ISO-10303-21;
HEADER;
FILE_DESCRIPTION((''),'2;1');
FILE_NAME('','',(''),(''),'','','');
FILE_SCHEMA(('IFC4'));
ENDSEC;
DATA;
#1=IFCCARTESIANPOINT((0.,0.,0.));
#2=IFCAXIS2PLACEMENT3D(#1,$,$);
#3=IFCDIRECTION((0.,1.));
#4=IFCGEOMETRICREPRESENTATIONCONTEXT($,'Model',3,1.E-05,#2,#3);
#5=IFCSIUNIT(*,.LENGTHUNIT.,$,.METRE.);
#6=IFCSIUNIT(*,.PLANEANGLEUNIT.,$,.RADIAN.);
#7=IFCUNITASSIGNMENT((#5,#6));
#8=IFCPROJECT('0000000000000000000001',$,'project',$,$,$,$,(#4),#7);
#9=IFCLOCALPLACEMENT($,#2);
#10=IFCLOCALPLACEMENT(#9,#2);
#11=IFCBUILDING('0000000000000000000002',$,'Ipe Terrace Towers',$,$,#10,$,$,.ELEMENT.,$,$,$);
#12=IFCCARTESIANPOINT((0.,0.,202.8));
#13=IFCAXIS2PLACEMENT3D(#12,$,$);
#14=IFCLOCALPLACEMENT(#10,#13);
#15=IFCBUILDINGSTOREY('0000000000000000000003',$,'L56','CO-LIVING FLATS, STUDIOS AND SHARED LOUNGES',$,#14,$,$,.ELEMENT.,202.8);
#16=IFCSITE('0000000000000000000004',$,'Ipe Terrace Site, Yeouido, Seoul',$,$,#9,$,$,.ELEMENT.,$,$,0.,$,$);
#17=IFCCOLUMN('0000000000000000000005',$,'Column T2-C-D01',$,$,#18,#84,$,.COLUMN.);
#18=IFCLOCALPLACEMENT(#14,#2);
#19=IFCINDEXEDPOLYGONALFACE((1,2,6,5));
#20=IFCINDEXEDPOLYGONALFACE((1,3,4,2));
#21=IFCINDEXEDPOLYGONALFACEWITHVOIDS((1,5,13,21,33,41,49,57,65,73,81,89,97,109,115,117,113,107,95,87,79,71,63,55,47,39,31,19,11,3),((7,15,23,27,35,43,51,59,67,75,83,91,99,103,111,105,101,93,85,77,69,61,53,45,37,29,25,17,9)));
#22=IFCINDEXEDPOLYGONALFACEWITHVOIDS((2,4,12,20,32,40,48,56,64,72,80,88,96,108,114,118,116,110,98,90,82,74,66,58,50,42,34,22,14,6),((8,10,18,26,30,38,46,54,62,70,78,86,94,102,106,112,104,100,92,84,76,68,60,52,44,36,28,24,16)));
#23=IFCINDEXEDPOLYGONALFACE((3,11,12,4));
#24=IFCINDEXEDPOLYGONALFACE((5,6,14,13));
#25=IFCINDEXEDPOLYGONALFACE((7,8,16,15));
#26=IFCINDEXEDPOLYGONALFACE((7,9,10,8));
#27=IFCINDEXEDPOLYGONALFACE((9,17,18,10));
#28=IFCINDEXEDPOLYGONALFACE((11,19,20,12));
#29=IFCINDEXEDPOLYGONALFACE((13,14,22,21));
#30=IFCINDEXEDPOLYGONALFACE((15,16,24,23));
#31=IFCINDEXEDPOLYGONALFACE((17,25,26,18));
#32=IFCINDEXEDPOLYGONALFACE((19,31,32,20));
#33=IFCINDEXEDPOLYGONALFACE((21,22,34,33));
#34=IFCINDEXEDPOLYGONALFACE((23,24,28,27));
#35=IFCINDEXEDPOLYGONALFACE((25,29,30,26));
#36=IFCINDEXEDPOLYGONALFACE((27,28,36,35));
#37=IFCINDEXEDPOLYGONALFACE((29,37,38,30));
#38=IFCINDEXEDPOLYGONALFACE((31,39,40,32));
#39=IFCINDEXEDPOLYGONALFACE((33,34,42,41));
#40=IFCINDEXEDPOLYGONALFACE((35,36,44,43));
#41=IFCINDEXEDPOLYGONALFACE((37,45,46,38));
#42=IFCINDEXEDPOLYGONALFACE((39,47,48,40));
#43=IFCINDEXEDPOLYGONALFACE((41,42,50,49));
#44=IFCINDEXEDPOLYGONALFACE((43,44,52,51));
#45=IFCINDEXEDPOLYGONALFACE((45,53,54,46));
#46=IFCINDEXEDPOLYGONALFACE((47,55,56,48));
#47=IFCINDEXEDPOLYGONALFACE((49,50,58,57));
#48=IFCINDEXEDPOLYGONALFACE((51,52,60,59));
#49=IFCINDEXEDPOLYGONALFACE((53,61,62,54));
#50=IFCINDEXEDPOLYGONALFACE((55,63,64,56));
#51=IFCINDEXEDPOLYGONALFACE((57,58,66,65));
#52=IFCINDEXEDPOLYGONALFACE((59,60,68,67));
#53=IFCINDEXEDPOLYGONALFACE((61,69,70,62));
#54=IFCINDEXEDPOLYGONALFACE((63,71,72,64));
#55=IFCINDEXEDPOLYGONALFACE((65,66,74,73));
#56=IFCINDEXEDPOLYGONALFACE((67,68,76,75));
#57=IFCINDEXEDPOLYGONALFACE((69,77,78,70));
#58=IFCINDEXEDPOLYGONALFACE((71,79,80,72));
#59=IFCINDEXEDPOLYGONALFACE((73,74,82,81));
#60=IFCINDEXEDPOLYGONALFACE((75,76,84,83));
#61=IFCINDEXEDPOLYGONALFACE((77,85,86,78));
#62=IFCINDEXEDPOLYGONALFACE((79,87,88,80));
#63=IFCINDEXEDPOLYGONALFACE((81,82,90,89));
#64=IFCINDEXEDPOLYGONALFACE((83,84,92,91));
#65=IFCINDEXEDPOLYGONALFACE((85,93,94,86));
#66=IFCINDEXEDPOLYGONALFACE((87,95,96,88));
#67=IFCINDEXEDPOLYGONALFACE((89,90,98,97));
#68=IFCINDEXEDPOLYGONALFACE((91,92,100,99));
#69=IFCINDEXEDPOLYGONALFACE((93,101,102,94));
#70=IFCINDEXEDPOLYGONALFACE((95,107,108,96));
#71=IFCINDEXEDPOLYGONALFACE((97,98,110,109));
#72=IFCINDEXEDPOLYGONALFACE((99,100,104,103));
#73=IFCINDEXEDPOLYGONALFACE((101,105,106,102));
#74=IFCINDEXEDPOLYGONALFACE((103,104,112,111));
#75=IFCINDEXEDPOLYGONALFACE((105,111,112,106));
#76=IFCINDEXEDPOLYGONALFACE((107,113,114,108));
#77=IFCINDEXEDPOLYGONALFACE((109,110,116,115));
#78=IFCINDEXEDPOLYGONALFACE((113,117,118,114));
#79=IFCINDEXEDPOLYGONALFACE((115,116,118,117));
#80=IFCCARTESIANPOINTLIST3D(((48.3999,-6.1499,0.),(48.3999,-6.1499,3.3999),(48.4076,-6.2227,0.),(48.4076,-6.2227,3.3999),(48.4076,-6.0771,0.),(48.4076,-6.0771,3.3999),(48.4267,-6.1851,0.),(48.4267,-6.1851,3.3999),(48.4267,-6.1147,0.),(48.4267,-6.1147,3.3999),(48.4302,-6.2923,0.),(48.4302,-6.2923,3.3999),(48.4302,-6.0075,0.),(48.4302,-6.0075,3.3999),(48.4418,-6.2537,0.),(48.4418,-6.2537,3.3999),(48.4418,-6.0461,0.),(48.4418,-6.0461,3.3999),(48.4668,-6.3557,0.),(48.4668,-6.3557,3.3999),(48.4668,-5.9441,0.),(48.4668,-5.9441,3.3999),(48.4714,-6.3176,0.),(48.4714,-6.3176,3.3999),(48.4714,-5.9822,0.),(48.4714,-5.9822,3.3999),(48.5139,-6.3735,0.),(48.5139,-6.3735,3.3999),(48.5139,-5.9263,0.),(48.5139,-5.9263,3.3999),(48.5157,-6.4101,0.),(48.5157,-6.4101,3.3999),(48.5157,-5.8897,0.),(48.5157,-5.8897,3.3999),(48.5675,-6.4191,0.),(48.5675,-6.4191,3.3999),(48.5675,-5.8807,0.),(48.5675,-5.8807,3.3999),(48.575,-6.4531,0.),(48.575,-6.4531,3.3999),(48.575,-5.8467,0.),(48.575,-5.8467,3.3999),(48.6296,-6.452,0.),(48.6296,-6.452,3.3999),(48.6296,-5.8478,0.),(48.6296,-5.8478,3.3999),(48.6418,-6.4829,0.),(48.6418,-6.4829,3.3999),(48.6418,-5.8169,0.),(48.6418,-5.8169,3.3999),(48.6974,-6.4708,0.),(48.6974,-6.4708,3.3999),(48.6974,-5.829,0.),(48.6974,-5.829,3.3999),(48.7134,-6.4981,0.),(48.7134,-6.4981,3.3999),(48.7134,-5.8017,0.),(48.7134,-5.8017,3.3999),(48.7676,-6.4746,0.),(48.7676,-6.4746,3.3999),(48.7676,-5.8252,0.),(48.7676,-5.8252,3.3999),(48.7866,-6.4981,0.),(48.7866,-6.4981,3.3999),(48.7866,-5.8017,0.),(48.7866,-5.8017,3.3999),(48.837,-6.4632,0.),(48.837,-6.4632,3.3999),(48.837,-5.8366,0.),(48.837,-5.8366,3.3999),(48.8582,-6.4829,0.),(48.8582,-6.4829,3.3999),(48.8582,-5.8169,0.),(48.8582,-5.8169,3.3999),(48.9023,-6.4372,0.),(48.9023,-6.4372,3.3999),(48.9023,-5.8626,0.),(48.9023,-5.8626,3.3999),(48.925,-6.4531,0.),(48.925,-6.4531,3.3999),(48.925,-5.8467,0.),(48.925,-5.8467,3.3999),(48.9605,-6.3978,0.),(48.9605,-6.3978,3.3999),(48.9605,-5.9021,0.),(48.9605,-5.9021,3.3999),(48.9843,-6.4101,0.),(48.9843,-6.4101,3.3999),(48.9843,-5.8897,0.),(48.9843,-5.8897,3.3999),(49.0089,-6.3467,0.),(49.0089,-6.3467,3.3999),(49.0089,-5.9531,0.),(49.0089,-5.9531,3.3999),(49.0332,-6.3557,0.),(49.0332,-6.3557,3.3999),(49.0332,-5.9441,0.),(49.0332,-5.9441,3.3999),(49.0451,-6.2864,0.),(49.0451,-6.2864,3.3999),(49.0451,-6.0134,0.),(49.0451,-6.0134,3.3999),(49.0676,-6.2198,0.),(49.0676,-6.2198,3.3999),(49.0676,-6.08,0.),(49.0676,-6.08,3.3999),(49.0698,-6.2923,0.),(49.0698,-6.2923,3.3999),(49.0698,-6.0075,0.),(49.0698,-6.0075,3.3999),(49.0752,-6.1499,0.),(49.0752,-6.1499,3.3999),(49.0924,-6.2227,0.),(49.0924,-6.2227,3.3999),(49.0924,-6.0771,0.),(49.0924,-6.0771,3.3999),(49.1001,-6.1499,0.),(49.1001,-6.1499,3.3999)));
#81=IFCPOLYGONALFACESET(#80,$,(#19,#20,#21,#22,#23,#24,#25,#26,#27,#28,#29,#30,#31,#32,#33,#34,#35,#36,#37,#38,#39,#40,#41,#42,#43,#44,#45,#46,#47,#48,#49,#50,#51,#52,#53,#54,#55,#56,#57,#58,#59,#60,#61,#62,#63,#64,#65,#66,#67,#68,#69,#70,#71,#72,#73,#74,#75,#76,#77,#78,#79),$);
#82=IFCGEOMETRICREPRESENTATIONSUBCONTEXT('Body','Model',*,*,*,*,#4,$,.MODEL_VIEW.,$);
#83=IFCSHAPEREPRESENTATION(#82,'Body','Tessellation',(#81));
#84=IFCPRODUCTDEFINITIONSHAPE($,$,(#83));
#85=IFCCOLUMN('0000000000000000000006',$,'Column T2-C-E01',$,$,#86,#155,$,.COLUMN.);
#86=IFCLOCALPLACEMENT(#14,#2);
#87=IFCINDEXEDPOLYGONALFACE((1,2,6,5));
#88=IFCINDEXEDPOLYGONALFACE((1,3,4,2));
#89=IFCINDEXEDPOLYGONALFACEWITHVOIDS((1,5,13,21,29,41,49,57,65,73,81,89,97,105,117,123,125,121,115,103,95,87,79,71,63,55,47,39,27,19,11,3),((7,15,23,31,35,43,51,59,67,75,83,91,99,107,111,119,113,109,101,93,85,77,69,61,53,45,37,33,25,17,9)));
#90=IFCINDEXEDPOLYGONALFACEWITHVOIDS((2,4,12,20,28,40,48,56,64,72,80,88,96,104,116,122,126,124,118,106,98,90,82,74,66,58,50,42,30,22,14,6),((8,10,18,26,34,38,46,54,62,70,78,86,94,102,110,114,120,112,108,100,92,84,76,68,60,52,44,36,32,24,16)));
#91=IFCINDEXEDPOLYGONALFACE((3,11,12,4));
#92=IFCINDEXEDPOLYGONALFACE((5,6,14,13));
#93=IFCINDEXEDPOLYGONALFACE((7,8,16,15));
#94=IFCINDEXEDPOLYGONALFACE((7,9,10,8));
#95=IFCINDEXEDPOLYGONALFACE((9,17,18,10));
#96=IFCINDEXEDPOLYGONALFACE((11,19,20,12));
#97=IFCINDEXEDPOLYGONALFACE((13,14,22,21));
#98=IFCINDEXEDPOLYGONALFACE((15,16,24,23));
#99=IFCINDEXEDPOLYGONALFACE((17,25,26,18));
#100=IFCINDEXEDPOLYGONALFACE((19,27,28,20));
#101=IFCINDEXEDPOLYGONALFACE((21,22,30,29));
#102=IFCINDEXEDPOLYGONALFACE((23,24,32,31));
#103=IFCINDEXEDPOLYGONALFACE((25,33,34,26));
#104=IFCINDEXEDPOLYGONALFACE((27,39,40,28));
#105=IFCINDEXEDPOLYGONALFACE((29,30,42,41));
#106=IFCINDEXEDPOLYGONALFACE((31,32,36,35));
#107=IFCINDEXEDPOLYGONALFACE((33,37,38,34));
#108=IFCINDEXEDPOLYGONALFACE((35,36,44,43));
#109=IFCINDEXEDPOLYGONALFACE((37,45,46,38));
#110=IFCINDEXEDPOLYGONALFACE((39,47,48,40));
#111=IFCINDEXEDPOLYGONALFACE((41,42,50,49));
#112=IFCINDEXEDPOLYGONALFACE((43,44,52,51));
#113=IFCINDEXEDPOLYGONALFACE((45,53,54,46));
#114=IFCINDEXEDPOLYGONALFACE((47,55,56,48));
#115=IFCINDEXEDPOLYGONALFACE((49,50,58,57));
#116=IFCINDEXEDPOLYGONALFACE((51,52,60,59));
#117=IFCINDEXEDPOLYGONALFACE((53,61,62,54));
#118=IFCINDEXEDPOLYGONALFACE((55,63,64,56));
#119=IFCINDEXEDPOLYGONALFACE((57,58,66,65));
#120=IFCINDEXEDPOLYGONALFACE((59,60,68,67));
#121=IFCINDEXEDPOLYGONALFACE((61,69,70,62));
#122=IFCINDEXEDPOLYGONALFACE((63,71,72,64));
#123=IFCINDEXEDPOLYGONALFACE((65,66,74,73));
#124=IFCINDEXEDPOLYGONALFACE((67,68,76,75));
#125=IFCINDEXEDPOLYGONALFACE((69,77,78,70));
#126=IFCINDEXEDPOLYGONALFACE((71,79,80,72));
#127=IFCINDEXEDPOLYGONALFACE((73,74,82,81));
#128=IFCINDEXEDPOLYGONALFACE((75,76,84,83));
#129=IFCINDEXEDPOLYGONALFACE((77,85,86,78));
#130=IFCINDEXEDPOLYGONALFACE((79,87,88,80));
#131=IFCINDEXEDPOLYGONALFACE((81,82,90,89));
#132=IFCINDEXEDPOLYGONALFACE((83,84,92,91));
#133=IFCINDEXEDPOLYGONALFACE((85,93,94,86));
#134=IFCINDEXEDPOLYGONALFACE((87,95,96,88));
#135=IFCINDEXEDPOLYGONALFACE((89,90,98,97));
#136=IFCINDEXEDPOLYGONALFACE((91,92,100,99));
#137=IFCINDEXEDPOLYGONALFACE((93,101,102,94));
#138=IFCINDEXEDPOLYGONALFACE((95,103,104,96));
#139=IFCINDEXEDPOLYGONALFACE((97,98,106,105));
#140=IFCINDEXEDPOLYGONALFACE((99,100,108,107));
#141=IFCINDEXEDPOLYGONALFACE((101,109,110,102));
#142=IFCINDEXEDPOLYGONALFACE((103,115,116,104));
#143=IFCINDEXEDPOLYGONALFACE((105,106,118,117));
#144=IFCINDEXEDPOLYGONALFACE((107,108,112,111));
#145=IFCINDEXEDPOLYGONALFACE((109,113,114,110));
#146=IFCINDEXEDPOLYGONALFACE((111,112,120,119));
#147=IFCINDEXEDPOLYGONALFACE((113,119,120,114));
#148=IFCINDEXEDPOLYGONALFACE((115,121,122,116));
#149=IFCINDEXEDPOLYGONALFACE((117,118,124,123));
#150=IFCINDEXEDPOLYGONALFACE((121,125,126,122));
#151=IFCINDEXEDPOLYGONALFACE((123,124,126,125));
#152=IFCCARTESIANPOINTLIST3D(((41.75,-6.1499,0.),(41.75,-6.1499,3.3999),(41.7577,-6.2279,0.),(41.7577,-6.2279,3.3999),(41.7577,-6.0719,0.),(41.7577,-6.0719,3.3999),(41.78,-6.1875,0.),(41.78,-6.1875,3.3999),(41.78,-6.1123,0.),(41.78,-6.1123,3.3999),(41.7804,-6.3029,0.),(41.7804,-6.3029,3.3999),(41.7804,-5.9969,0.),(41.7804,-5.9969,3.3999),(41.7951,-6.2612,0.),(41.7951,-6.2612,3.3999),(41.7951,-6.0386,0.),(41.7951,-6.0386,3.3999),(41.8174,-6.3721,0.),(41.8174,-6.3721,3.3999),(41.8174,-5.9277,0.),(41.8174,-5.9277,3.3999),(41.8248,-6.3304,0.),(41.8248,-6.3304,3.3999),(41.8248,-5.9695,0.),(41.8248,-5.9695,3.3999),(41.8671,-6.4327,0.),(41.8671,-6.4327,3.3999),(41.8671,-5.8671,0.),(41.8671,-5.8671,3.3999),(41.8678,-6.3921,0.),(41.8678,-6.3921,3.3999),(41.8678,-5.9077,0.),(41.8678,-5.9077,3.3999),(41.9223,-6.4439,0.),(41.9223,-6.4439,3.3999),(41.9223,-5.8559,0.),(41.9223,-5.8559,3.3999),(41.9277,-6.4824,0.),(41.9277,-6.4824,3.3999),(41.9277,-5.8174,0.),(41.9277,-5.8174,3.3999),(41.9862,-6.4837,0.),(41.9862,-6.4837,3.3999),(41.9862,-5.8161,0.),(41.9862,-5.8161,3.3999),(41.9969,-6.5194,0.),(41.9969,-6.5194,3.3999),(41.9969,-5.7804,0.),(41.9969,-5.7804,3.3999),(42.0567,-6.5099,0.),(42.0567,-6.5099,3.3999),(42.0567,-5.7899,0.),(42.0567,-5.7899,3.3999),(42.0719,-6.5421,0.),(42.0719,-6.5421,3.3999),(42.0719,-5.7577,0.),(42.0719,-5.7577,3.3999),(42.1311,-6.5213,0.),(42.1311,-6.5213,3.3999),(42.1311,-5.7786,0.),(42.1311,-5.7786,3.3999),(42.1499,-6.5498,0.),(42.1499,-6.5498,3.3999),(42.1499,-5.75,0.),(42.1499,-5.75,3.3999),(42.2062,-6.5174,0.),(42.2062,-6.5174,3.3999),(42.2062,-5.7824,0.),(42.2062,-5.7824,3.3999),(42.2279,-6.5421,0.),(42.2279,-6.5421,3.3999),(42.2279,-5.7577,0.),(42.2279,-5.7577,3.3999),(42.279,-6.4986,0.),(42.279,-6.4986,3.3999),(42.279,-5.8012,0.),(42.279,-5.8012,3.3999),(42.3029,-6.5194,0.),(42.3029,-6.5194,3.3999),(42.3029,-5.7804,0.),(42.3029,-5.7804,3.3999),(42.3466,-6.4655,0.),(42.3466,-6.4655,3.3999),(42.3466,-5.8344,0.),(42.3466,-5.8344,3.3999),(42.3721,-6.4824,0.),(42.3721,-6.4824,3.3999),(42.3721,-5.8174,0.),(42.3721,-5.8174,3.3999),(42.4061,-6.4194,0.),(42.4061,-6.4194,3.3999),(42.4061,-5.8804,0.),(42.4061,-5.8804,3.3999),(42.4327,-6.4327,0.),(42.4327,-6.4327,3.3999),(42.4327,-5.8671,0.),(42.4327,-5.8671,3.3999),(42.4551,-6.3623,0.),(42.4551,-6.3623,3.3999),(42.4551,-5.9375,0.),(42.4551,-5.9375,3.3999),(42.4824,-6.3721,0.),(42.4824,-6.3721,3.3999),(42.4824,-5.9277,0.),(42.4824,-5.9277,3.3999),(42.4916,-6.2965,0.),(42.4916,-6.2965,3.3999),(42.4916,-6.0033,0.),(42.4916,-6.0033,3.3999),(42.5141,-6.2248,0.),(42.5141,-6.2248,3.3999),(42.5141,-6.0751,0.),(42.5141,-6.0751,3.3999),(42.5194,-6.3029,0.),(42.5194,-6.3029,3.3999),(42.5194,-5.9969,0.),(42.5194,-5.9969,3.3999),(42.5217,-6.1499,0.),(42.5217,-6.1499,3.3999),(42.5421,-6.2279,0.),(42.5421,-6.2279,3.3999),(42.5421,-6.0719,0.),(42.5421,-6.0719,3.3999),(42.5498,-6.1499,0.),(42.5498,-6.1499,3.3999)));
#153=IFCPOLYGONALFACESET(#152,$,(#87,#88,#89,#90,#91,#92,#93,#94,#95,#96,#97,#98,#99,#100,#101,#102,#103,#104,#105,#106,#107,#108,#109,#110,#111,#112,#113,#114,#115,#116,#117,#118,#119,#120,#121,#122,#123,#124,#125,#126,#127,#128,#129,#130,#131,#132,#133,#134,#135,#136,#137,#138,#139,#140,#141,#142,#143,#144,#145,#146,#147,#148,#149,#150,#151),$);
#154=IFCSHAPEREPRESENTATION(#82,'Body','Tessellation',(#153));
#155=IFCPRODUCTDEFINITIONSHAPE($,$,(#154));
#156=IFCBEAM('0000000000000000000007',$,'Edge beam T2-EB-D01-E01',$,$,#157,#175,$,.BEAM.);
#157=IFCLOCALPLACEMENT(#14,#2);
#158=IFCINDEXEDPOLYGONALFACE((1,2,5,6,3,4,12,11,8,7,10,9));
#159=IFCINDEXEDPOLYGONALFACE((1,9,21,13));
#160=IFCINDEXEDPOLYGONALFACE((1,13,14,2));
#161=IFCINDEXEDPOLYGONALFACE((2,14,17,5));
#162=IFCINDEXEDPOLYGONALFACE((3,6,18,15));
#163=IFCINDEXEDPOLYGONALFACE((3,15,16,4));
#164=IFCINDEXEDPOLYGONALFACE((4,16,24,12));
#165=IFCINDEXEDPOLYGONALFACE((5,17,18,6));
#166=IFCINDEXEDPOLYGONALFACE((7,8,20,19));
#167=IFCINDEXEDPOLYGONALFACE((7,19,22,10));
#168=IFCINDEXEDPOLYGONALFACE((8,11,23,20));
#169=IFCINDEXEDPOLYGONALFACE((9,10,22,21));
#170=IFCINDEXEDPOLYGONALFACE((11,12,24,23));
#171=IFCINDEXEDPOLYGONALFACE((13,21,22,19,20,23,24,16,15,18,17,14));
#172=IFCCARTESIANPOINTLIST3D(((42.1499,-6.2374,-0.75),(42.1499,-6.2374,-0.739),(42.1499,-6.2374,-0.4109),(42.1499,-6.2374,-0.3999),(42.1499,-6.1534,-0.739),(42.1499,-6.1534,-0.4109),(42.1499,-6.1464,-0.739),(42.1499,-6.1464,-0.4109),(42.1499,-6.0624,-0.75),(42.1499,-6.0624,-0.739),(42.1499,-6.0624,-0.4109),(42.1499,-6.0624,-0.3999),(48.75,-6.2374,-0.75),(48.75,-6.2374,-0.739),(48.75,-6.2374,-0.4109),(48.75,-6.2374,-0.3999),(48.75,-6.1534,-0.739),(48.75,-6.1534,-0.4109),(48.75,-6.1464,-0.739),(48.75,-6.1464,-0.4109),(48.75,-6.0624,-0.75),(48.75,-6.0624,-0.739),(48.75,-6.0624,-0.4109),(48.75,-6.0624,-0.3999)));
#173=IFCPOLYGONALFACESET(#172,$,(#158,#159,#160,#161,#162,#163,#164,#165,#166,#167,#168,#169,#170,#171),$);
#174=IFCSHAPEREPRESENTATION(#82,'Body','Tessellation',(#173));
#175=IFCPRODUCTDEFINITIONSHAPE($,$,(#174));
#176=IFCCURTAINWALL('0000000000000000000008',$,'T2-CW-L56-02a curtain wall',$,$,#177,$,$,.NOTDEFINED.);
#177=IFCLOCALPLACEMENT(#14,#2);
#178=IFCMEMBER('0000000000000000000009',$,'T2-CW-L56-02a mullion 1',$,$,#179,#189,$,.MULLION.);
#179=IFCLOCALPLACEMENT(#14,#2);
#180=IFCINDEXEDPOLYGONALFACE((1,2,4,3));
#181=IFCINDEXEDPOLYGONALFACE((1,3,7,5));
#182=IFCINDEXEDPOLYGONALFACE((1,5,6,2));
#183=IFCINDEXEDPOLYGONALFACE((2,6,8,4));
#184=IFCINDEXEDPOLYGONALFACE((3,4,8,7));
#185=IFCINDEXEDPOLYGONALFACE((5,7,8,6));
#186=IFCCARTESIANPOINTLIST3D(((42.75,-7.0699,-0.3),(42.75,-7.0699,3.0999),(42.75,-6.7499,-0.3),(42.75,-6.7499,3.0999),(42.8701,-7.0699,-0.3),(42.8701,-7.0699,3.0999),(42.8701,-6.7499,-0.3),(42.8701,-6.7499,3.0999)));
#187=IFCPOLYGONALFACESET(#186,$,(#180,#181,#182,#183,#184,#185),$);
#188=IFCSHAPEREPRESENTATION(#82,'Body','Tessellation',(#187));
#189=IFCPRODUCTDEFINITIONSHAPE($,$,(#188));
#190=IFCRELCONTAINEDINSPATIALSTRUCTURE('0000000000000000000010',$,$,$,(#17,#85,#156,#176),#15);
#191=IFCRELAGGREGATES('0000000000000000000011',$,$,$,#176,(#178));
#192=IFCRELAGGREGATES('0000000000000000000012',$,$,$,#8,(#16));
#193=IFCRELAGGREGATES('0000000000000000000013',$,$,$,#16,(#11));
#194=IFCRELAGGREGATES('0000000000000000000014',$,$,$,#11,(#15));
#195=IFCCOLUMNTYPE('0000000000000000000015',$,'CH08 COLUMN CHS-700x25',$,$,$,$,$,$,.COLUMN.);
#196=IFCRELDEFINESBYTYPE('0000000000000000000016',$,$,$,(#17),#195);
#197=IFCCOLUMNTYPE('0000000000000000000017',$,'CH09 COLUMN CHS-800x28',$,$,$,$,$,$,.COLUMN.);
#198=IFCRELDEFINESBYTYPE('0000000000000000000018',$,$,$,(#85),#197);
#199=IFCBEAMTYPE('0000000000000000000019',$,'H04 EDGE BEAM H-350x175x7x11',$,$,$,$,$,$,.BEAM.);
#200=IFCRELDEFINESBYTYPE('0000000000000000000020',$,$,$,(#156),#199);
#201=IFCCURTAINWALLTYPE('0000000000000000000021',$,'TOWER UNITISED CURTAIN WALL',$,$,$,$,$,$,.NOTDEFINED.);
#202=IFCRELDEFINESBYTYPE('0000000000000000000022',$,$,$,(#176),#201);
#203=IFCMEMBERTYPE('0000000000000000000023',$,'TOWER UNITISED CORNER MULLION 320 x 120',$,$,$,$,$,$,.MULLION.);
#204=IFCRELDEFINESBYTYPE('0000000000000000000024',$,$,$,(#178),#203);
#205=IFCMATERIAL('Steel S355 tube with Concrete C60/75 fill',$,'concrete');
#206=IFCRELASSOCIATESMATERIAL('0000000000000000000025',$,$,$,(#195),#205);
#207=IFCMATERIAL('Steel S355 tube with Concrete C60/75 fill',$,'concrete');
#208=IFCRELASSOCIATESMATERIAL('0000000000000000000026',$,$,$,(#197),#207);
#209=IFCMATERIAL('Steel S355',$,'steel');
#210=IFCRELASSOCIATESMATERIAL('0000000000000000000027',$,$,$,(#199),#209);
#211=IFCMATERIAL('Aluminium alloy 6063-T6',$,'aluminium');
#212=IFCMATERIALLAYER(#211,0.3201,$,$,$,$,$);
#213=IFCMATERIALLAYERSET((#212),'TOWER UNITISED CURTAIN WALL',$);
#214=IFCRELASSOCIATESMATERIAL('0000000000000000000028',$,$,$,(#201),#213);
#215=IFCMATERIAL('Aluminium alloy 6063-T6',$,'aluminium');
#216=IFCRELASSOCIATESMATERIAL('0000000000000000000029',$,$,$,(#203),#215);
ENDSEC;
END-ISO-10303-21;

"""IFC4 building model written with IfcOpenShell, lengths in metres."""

from ifc_helpers import new_model, si_unit, direction, frame, origin, origin_2d, place, context, subcontext, project, spatial, rectangle, hollow_circle, i_section, extrude, material, layer, layer_set, material_profile, profile_set, type_object, element, aggregate, save


model = new_model("IFC4")

# Units and contexts
model_context = context("Model", 3, precision=1e-05, world=origin(), true_north=direction((0.0, 1.0)))
body_context = subcontext(model_context, "Body", "Model", "MODEL_VIEW")
ifc_project = project(units=[si_unit("LENGTHUNIT", "METRE"), si_unit("PLANEANGLEUNIT", "RADIAN")], contexts=[model_context])

# Site, building, storey
site_placement = place(None, origin())
site = spatial("IfcSite", under=ifc_project, at=site_placement, Name="Ipe Terrace Site, Yeouido, Seoul", CompositionType="ELEMENT", RefElevation=0.0)
building_placement = place(site_placement, origin())
building = spatial("IfcBuilding", under=site, at=building_placement, Name="Ipe Terrace Towers", CompositionType="ELEMENT")
storey_placement = place(building_placement, frame((0.0, 0.0, 202.8)))
storey = spatial("IfcBuildingStorey", under=building, at=storey_placement, Name="L56", Description="CO-LIVING FLATS, STUDIOS AND SHARED LOUNGES", CompositionType="ELEMENT", Elevation=202.8)

# Columns
ifc_material_1 = material(Name="Steel S355 tube with Concrete C60/75 fill", Category="concrete")
ifc_material_profile_1 = material_profile(ifc_material_1, hollow_circle(Radius=0.3501, WallThickness=0.0249, at=origin_2d()), Name="CHS-700x25")
ifc_profile_set_1 = profile_set([ifc_material_profile_1], Name="Steel S355 tube with Concrete C60/75 fill")
column_type_1 = type_object("IfcColumnType", Name="CH08 COLUMN CHS-700x25", PredefinedType="COLUMN", material=ifc_profile_set_1)
column_1_placement = place(storey_placement, frame((48.75, -6.1499, 0.0), z_axis=(0.0, 0.0, 1.0), x_axis=(1.0, 0.0, 0.0)))
element("IfcColumn", 1, at=column_1_placement, inside=storey, type_object=column_type_1, Name="Column T2-C-D01", PredefinedType="COLUMN", context=body_context, shape_type="SweptSolid", body=[
    extrude(hollow_circle(Radius=0.3501, WallThickness=0.0249, at=origin_2d()), origin(), (0.0, 0.0, 1.0), 3.3999),
])
ifc_material_2 = material(Name="Steel S355 tube with Concrete C60/75 fill", Category="concrete")
ifc_material_profile_2 = material_profile(ifc_material_2, hollow_circle(Radius=0.3999, WallThickness=0.0281, at=origin_2d()), Name="CHS-800x28")
ifc_profile_set_2 = profile_set([ifc_material_profile_2], Name="Steel S355 tube with Concrete C60/75 fill")
column_type_2 = type_object("IfcColumnType", Name="CH09 COLUMN CHS-800x28", PredefinedType="COLUMN", material=ifc_profile_set_2)
column_2_placement = place(storey_placement, frame((42.1499, -6.1499, 0.0), z_axis=(0.0, 0.0, 1.0), x_axis=(1.0, 0.0, 0.0)))
element("IfcColumn", 2, at=column_2_placement, inside=storey, type_object=column_type_2, Name="Column T2-C-E01", PredefinedType="COLUMN", context=body_context, shape_type="SweptSolid", body=[
    extrude(hollow_circle(Radius=0.3999, WallThickness=0.0281, at=origin_2d()), origin(), (0.0, 0.0, 1.0), 3.3999),
])

# Beam
ifc_material_3 = material(Name="Steel S355", Category="steel")
ifc_material_profile_3 = material_profile(ifc_material_3, i_section(OverallWidth=0.175, OverallDepth=0.3501, WebThickness=0.0071, FlangeThickness=0.011, at=origin_2d()), Name="H-350x175x7x11")
ifc_profile_set_3 = profile_set([ifc_material_profile_3], Name="Steel S355")
beam_type = type_object("IfcBeamType", Name="H04 EDGE BEAM H-350x175x7x11", PredefinedType="BEAM", material=ifc_profile_set_3)
beam_placement = place(storey_placement, frame((48.75, -6.1499, -0.575), z_axis=(-1.0, 0.0, 0.0), x_axis=(0.0, -1.0, 0.0)))
element("IfcBeam", 3, at=beam_placement, inside=storey, type_object=beam_type, Name="Edge beam T2-EB-D01-E01", PredefinedType="BEAM", context=body_context, shape_type="SweptSolid", body=[
    extrude(i_section(OverallWidth=0.175, OverallDepth=0.3501, WebThickness=0.0071, FlangeThickness=0.011, at=origin_2d()), origin(), (0.0, 0.0, 1.0), 6.6001),
])

# Curtain wall, member
ifc_material_4 = material(Name="Aluminium alloy 6063-T6", Category="aluminium")
ifc_layer_1 = layer(ifc_material_4, 0.3201)
ifc_layer_set_1 = layer_set([ifc_layer_1], Name="TOWER UNITISED CURTAIN WALL")
curtain_wall_type = type_object("IfcCurtainWallType", Name="TOWER UNITISED CURTAIN WALL", PredefinedType="NOTDEFINED", material=ifc_layer_set_1)
curtain_wall_1_placement = place(storey_placement, origin())
curtain_wall_1 = element("IfcCurtainWall", 4, at=curtain_wall_1_placement, inside=storey, type_object=curtain_wall_type, Name="T2-CW-L56-02a curtain wall", PredefinedType="NOTDEFINED")
ifc_material_5 = material(Name="Aluminium alloy 6063-T6", Category="aluminium")
ifc_material_profile_4 = material_profile(ifc_material_5, rectangle(XDim=0.3201, YDim=0.1201, at=origin_2d()), Name="TOWER UNITISED CORNER MULLION 320 x 120")
ifc_profile_set_4 = profile_set([ifc_material_profile_4], Name="Aluminium alloy 6063-T6")
member_type = type_object("IfcMemberType", Name="TOWER UNITISED CORNER MULLION 320 x 120", PredefinedType="MULLION", material=ifc_profile_set_4)
member_1_placement = place(storey_placement, frame((42.8101, -6.9099, -0.3), z_axis=(0.0, 0.0, 1.0), x_axis=(0.0, -1.0, 0.0)))
member_1 = element("IfcMember", 5, at=member_1_placement, type_object=member_type, Name="T2-CW-L56-02a mullion 1", PredefinedType="MULLION", context=body_context, shape_type="SweptSolid", body=[
    extrude(rectangle(XDim=0.3201, YDim=0.1201, at=origin_2d()), origin(), (0.0, 0.0, 1.0), 3.3999),
])

aggregate(curtain_wall_1, [member_1])

save(model, "model.ifc")
